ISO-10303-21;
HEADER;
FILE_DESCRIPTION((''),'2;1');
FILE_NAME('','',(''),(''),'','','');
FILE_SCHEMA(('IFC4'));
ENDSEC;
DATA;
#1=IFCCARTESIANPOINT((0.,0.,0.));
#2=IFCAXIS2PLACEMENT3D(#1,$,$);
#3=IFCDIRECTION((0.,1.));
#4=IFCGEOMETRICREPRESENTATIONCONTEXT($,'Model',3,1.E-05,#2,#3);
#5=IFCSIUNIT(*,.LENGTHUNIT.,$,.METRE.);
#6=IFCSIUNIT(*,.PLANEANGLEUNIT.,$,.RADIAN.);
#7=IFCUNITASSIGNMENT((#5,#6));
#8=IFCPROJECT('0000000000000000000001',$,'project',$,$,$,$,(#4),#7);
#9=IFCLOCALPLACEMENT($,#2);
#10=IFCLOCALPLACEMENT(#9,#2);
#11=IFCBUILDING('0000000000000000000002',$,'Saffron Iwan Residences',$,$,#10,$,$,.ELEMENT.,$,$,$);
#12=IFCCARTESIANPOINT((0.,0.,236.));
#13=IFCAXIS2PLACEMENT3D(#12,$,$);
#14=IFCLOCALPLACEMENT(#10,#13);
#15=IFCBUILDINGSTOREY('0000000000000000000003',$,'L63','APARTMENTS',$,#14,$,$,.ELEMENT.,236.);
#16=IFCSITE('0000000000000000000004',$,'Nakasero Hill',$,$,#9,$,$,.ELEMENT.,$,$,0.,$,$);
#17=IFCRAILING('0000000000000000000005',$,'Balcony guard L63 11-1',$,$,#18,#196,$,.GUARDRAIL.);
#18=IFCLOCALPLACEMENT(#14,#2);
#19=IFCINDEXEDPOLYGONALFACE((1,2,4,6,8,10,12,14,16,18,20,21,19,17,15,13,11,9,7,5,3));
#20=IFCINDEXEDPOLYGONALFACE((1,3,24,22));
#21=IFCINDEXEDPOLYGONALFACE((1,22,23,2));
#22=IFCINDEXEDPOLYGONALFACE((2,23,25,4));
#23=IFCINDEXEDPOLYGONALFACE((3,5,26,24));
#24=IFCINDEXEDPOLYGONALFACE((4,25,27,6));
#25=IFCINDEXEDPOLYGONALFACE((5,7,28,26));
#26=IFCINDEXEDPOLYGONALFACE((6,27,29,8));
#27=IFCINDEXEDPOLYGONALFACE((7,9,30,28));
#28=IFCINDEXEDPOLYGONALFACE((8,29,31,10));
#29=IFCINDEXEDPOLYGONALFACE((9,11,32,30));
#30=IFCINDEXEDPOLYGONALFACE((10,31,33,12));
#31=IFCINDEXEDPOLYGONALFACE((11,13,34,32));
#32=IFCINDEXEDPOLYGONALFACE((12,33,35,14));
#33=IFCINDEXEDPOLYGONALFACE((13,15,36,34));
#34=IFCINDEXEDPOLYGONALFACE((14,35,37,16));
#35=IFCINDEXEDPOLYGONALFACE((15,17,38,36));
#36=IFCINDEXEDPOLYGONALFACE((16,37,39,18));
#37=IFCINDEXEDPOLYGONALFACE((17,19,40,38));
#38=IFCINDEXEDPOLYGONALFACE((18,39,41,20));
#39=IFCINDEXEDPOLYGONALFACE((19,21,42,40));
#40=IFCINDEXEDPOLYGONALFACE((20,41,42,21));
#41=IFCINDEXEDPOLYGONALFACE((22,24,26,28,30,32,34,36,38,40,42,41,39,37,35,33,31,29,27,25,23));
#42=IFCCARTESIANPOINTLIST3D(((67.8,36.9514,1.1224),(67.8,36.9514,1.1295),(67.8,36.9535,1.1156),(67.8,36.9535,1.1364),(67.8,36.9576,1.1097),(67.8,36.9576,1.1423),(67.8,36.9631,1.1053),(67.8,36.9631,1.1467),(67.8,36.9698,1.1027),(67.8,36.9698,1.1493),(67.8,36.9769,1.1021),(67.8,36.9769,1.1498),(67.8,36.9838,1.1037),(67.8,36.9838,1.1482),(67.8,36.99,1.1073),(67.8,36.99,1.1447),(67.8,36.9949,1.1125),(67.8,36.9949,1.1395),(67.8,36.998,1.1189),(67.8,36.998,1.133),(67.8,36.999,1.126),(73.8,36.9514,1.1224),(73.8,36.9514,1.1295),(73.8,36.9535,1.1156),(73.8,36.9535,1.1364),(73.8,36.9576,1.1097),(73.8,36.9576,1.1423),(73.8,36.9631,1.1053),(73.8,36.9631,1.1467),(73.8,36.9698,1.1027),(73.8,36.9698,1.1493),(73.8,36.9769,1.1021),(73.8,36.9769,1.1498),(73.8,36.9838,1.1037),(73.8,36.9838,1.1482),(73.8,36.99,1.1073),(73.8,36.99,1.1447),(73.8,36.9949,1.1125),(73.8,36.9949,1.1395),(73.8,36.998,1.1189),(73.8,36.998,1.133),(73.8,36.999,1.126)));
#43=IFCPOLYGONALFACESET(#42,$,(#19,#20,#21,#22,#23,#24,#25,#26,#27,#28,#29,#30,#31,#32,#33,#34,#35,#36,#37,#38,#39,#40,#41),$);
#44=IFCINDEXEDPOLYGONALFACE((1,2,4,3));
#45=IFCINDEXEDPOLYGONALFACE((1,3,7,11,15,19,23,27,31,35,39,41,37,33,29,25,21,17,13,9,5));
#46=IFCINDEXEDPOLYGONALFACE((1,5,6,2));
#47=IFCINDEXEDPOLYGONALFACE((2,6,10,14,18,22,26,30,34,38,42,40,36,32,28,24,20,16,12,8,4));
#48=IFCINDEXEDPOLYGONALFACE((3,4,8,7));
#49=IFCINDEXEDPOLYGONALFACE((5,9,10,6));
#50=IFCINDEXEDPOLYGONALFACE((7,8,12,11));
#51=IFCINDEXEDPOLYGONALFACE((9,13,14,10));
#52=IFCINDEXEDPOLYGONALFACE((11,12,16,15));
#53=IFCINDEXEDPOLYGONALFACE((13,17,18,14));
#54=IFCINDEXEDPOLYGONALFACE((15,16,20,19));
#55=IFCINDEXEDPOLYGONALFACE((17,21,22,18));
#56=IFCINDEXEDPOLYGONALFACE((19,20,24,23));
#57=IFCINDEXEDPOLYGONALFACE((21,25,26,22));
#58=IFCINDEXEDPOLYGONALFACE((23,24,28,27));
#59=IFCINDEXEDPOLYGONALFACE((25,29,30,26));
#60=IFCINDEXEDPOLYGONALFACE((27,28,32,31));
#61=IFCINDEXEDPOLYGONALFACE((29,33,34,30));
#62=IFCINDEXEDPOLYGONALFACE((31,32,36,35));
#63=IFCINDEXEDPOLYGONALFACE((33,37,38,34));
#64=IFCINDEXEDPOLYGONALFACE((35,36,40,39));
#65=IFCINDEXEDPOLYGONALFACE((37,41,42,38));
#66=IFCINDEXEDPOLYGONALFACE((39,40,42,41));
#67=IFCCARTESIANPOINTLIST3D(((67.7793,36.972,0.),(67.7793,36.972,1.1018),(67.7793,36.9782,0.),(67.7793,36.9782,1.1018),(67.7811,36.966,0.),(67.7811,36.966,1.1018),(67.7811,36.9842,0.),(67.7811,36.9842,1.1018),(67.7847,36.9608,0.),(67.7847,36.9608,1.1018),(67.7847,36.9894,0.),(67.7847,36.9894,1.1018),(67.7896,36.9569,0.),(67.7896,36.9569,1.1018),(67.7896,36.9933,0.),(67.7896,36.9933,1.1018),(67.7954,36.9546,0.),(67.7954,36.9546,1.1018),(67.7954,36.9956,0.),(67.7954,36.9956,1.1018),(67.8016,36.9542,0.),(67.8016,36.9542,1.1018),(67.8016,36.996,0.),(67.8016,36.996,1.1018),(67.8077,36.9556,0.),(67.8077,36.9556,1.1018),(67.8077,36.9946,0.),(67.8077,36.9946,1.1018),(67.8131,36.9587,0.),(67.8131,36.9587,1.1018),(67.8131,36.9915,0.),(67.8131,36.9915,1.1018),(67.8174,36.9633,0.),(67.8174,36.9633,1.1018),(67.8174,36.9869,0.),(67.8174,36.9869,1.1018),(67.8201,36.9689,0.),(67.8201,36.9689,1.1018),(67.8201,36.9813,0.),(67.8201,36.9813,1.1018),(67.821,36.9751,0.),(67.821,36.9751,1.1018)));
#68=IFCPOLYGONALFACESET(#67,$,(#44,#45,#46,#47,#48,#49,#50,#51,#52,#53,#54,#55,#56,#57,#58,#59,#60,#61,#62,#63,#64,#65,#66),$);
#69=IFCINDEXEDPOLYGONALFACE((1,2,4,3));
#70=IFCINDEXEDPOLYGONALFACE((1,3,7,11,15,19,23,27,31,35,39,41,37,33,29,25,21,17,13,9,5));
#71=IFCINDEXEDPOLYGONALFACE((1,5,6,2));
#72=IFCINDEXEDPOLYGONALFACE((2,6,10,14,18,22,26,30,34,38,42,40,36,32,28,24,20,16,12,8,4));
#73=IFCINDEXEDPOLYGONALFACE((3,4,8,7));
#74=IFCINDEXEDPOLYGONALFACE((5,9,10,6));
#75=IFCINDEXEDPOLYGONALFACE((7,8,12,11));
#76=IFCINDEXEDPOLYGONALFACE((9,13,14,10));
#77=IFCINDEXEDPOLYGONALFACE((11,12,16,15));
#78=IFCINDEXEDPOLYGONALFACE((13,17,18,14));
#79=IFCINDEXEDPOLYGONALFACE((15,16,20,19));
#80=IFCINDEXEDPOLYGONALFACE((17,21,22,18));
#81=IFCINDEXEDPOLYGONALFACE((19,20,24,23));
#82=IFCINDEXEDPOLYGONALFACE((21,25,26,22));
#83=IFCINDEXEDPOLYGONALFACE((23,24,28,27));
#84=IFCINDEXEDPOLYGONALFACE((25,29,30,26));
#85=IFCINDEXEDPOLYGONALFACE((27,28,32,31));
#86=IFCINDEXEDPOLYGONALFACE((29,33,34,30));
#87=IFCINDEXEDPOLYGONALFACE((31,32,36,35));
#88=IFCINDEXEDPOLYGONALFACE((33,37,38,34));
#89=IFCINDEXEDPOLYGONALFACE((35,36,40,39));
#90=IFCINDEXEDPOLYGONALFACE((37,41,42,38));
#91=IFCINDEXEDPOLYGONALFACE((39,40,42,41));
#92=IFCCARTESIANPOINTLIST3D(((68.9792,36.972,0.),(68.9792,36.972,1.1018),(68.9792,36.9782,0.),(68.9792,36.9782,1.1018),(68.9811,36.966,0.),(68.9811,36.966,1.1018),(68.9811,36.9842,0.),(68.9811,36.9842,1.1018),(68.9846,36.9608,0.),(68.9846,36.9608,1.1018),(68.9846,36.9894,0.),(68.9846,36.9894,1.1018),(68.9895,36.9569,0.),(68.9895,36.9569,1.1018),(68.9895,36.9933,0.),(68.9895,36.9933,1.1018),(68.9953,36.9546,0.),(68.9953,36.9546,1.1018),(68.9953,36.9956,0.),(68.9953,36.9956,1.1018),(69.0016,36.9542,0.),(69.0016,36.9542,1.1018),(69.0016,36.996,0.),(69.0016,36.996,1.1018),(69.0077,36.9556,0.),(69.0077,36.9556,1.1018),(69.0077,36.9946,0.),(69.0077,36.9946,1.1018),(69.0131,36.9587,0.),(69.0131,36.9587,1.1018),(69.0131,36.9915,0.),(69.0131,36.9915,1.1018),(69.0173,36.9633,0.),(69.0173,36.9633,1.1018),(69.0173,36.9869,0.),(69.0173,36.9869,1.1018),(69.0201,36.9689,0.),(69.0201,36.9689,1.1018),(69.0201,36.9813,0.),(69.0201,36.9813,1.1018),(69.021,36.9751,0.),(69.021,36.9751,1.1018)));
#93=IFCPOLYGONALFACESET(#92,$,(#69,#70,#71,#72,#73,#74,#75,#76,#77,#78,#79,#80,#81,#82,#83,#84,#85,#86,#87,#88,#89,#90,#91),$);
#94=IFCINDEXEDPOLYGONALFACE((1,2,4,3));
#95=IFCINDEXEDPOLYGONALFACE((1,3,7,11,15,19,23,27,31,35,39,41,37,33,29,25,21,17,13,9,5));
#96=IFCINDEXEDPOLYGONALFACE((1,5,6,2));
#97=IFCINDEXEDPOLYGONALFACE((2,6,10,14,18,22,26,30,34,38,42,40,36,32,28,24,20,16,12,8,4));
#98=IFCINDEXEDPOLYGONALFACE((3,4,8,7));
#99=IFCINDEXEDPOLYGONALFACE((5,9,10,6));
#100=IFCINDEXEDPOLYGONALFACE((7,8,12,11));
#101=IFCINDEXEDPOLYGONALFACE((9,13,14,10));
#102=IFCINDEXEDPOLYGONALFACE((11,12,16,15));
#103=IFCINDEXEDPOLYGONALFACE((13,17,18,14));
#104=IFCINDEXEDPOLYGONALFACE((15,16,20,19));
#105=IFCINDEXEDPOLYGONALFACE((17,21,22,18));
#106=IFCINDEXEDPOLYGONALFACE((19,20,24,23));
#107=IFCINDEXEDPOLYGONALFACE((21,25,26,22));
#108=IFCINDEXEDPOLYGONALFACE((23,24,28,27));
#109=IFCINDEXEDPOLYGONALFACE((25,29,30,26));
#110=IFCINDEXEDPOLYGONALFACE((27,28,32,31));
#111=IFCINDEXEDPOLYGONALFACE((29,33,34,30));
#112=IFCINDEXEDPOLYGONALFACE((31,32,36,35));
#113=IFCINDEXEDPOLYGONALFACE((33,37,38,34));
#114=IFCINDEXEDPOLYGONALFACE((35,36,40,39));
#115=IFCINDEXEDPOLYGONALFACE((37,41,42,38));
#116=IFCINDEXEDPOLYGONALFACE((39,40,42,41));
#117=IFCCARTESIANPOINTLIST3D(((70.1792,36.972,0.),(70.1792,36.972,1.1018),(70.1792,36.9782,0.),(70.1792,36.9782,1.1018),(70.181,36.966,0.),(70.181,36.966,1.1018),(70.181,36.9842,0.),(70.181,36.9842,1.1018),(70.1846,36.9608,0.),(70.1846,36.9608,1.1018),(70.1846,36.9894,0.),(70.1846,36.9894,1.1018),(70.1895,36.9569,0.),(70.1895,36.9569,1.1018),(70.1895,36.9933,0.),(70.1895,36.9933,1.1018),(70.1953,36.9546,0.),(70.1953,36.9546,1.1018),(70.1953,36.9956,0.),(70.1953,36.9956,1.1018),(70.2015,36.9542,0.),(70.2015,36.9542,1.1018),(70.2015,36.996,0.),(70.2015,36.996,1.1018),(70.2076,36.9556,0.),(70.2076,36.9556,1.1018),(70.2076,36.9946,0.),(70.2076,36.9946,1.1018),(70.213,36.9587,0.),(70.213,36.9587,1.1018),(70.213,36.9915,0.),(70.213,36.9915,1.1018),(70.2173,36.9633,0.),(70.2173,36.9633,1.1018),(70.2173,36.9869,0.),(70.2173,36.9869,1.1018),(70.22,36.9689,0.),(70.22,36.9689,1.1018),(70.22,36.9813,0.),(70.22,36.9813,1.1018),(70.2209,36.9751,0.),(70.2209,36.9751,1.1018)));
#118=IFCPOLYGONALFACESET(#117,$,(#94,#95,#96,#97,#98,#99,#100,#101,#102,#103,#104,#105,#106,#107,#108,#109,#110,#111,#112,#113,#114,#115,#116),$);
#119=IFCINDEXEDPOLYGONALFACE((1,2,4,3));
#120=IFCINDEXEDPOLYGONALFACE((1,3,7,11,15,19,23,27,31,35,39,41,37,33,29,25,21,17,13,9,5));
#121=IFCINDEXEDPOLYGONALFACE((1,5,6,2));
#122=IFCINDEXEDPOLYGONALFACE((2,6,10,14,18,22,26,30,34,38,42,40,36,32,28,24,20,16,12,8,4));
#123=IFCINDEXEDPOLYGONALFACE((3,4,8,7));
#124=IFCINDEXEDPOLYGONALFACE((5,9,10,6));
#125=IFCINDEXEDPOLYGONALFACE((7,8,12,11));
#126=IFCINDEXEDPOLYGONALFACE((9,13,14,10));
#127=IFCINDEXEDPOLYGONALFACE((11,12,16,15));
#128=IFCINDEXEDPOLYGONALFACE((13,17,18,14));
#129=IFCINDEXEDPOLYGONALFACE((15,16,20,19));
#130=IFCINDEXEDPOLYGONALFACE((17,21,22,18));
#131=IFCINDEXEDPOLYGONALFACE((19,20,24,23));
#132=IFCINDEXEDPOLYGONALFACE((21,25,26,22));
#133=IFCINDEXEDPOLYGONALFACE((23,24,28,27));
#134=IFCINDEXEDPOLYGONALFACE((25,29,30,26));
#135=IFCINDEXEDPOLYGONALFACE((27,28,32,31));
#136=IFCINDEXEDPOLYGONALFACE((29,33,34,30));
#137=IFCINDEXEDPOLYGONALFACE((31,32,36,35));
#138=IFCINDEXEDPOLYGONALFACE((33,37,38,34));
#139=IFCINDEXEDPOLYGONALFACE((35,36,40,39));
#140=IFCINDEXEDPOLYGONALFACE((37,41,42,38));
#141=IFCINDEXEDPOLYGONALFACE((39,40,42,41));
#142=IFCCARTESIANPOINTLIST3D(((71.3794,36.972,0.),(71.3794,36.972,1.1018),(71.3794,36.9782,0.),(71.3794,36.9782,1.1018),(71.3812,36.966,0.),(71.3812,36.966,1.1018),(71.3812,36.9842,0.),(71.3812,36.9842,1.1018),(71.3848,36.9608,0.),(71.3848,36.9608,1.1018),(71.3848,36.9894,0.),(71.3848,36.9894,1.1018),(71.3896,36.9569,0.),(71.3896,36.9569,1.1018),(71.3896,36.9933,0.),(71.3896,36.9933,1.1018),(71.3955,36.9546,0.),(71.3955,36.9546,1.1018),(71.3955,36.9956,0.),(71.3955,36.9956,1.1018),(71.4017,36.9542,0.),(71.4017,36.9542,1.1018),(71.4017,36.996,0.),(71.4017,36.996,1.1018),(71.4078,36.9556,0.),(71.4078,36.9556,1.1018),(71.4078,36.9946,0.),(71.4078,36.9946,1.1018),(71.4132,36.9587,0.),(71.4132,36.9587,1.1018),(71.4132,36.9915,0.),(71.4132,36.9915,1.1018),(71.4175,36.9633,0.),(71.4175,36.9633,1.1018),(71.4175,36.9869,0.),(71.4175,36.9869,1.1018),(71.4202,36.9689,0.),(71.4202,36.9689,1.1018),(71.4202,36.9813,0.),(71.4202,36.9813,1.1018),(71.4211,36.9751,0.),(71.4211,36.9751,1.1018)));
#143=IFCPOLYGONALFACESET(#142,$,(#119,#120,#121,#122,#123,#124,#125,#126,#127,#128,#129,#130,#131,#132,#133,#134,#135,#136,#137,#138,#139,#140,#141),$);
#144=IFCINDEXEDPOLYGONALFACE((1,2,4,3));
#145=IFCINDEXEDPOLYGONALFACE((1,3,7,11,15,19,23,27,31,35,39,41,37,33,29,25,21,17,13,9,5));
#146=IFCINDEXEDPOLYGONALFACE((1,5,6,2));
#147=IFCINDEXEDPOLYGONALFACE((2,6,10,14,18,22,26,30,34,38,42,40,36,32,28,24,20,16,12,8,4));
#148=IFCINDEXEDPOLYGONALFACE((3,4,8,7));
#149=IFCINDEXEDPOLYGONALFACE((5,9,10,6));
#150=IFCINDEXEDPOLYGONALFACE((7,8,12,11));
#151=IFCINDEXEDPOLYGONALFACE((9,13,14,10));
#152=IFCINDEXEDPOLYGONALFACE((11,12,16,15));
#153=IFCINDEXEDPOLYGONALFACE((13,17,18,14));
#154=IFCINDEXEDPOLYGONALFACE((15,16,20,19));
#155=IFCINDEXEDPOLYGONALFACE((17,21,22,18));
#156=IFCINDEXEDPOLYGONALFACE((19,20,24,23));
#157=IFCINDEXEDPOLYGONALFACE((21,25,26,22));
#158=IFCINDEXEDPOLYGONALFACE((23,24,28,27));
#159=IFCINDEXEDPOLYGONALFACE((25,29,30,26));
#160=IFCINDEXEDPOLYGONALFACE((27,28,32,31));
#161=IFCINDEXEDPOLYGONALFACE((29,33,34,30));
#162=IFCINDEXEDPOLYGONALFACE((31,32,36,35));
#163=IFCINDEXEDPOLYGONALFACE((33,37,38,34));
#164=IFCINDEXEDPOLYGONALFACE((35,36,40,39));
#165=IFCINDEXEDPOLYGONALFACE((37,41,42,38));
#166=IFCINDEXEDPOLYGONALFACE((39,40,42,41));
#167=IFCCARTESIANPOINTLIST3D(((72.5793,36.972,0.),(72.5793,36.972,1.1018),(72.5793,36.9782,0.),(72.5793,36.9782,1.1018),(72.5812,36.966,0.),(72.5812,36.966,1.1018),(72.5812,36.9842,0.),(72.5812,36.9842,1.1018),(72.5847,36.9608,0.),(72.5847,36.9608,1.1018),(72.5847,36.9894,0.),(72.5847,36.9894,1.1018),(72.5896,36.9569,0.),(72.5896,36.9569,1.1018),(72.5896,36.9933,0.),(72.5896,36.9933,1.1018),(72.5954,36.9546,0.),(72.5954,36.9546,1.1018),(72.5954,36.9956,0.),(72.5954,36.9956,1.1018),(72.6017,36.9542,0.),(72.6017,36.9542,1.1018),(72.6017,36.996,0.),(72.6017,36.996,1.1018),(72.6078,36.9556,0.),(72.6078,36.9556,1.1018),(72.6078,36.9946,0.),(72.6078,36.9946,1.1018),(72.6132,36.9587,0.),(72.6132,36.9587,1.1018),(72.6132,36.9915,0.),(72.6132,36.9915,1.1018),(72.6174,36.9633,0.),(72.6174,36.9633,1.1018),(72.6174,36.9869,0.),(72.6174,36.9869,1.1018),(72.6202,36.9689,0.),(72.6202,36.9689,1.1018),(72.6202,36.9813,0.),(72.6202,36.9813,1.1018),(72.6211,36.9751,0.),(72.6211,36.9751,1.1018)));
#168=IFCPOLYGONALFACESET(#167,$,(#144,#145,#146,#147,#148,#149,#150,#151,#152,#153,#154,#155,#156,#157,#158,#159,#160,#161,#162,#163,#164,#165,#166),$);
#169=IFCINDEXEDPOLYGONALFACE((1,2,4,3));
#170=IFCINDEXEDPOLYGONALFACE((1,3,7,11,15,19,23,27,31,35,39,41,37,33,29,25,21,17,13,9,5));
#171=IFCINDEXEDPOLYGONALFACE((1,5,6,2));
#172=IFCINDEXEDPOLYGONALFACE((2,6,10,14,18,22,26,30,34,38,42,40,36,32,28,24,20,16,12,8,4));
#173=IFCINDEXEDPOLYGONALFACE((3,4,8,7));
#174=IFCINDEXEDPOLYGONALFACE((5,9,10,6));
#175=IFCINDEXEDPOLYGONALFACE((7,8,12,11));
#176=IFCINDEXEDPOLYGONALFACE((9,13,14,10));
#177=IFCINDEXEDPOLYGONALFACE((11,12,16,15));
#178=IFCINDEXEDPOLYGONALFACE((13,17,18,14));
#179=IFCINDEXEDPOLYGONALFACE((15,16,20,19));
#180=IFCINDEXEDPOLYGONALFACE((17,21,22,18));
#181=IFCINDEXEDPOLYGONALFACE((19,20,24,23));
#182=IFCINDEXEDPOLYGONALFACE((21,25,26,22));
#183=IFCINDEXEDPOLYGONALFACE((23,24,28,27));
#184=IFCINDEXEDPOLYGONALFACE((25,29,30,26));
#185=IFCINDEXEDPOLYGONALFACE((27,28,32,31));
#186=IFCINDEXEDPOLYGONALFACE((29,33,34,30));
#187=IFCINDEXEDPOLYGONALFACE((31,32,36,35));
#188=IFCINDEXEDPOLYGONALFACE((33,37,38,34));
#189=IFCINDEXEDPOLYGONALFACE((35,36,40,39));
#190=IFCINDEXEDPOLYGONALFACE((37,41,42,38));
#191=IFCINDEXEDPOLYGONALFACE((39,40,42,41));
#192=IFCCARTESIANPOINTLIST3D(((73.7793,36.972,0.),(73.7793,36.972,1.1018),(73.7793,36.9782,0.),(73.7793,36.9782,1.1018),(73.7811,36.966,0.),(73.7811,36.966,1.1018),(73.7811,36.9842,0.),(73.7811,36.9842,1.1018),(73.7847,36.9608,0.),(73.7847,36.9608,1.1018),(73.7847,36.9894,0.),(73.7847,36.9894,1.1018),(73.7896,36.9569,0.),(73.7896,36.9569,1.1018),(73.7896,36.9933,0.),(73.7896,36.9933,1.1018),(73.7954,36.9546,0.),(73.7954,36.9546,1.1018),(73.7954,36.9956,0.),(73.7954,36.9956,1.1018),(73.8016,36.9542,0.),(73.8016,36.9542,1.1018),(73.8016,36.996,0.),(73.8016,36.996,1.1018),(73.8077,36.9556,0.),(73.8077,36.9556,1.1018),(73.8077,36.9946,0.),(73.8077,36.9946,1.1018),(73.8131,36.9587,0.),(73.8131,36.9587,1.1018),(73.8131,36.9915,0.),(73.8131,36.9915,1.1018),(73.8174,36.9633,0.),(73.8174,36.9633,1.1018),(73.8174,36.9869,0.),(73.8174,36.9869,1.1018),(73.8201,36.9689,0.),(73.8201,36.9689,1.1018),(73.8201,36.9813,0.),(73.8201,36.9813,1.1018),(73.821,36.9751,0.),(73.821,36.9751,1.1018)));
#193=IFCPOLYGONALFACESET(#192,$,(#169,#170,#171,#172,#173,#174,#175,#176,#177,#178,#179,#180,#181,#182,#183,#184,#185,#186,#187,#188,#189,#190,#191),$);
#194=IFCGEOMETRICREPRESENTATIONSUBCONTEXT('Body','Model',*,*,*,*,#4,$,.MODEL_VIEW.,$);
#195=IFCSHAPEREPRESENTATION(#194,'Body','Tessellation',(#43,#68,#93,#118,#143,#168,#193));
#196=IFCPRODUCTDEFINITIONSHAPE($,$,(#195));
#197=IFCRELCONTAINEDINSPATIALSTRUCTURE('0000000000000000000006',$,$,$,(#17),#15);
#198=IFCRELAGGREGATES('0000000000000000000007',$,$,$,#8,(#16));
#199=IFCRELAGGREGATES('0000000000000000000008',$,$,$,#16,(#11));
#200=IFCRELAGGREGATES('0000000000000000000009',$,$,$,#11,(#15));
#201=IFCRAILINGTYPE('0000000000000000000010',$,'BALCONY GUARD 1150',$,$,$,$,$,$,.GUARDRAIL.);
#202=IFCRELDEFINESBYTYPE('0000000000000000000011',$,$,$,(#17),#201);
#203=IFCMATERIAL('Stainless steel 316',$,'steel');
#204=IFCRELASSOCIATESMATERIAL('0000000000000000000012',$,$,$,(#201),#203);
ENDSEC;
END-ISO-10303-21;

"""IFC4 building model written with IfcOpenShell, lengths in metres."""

from ifc_helpers import new_model, si_unit, direction, frame, origin, origin_2d, place, context, subcontext, project, spatial, circle, extrude, material, type_object, element, save


model = new_model("IFC4")

# Units and contexts
model_context = context("Model", 3, precision=1e-05, world=origin(), true_north=direction((0.0, 1.0)))
body_context = subcontext(model_context, "Body", "Model", "MODEL_VIEW")
ifc_project = project(units=[si_unit("LENGTHUNIT", "METRE"), si_unit("PLANEANGLEUNIT", "RADIAN")], contexts=[model_context])

# Site, building, storey
site_placement = place(None, origin())
site = spatial("IfcSite", under=ifc_project, at=site_placement, Name="Nakasero Hill", CompositionType="ELEMENT", RefElevation=0.0)
building_placement = place(site_placement, origin())
building = spatial("IfcBuilding", under=site, at=building_placement, Name="Saffron Iwan Residences", CompositionType="ELEMENT")
storey_placement = place(building_placement, frame((0.0, 0.0, 236.0)))
storey = spatial("IfcBuildingStorey", under=building, at=storey_placement, Name="L63", Description="APARTMENTS", CompositionType="ELEMENT", Elevation=236.0)

# Railing
ifc_material_1 = material(Name="Stainless steel 316", Category="steel")
railing_type = type_object("IfcRailingType", Name="BALCONY GUARD 1150", PredefinedType="GUARDRAIL", material=ifc_material_1)
railing_placement = place(storey_placement, frame((67.8, 36.9751, 0.0)))
element("IfcRailing", 1, at=railing_placement, inside=storey, type_object=railing_type, Name="Balcony guard L63 11-1", PredefinedType="GUARDRAIL", context=body_context, shape_type="SweptSolid", body=[
    extrude(circle(Radius=0.0239, at=origin_2d()), frame((0.0, 0.0, 1.126), z_axis=(1.0, 0.0, 0.0), x_axis=(0.0, 1.0, 0.0)), (0.0, 0.0, 1.0), 6.0),
    extrude(circle(Radius=0.021, at=origin_2d()), origin(), (0.0, 0.0, 1.0), 1.1018),
    extrude(circle(Radius=0.021, at=origin_2d()), frame((1.2, 0.0, 0.0)), (0.0, 0.0, 1.0), 1.1018),
    extrude(circle(Radius=0.021, at=origin_2d()), frame((2.3999, 0.0, 0.0)), (0.0, 0.0, 1.0), 1.1018),
    extrude(circle(Radius=0.021, at=origin_2d()), frame((3.6001, 0.0, 0.0)), (0.0, 0.0, 1.0), 1.1018),
    extrude(circle(Radius=0.021, at=origin_2d()), frame((4.8, 0.0, 0.0)), (0.0, 0.0, 1.0), 1.1018),
    extrude(circle(Radius=0.021, at=origin_2d()), frame((6.0, 0.0, 0.0)), (0.0, 0.0, 1.0), 1.1018),
])

save(model, "model.ifc")
